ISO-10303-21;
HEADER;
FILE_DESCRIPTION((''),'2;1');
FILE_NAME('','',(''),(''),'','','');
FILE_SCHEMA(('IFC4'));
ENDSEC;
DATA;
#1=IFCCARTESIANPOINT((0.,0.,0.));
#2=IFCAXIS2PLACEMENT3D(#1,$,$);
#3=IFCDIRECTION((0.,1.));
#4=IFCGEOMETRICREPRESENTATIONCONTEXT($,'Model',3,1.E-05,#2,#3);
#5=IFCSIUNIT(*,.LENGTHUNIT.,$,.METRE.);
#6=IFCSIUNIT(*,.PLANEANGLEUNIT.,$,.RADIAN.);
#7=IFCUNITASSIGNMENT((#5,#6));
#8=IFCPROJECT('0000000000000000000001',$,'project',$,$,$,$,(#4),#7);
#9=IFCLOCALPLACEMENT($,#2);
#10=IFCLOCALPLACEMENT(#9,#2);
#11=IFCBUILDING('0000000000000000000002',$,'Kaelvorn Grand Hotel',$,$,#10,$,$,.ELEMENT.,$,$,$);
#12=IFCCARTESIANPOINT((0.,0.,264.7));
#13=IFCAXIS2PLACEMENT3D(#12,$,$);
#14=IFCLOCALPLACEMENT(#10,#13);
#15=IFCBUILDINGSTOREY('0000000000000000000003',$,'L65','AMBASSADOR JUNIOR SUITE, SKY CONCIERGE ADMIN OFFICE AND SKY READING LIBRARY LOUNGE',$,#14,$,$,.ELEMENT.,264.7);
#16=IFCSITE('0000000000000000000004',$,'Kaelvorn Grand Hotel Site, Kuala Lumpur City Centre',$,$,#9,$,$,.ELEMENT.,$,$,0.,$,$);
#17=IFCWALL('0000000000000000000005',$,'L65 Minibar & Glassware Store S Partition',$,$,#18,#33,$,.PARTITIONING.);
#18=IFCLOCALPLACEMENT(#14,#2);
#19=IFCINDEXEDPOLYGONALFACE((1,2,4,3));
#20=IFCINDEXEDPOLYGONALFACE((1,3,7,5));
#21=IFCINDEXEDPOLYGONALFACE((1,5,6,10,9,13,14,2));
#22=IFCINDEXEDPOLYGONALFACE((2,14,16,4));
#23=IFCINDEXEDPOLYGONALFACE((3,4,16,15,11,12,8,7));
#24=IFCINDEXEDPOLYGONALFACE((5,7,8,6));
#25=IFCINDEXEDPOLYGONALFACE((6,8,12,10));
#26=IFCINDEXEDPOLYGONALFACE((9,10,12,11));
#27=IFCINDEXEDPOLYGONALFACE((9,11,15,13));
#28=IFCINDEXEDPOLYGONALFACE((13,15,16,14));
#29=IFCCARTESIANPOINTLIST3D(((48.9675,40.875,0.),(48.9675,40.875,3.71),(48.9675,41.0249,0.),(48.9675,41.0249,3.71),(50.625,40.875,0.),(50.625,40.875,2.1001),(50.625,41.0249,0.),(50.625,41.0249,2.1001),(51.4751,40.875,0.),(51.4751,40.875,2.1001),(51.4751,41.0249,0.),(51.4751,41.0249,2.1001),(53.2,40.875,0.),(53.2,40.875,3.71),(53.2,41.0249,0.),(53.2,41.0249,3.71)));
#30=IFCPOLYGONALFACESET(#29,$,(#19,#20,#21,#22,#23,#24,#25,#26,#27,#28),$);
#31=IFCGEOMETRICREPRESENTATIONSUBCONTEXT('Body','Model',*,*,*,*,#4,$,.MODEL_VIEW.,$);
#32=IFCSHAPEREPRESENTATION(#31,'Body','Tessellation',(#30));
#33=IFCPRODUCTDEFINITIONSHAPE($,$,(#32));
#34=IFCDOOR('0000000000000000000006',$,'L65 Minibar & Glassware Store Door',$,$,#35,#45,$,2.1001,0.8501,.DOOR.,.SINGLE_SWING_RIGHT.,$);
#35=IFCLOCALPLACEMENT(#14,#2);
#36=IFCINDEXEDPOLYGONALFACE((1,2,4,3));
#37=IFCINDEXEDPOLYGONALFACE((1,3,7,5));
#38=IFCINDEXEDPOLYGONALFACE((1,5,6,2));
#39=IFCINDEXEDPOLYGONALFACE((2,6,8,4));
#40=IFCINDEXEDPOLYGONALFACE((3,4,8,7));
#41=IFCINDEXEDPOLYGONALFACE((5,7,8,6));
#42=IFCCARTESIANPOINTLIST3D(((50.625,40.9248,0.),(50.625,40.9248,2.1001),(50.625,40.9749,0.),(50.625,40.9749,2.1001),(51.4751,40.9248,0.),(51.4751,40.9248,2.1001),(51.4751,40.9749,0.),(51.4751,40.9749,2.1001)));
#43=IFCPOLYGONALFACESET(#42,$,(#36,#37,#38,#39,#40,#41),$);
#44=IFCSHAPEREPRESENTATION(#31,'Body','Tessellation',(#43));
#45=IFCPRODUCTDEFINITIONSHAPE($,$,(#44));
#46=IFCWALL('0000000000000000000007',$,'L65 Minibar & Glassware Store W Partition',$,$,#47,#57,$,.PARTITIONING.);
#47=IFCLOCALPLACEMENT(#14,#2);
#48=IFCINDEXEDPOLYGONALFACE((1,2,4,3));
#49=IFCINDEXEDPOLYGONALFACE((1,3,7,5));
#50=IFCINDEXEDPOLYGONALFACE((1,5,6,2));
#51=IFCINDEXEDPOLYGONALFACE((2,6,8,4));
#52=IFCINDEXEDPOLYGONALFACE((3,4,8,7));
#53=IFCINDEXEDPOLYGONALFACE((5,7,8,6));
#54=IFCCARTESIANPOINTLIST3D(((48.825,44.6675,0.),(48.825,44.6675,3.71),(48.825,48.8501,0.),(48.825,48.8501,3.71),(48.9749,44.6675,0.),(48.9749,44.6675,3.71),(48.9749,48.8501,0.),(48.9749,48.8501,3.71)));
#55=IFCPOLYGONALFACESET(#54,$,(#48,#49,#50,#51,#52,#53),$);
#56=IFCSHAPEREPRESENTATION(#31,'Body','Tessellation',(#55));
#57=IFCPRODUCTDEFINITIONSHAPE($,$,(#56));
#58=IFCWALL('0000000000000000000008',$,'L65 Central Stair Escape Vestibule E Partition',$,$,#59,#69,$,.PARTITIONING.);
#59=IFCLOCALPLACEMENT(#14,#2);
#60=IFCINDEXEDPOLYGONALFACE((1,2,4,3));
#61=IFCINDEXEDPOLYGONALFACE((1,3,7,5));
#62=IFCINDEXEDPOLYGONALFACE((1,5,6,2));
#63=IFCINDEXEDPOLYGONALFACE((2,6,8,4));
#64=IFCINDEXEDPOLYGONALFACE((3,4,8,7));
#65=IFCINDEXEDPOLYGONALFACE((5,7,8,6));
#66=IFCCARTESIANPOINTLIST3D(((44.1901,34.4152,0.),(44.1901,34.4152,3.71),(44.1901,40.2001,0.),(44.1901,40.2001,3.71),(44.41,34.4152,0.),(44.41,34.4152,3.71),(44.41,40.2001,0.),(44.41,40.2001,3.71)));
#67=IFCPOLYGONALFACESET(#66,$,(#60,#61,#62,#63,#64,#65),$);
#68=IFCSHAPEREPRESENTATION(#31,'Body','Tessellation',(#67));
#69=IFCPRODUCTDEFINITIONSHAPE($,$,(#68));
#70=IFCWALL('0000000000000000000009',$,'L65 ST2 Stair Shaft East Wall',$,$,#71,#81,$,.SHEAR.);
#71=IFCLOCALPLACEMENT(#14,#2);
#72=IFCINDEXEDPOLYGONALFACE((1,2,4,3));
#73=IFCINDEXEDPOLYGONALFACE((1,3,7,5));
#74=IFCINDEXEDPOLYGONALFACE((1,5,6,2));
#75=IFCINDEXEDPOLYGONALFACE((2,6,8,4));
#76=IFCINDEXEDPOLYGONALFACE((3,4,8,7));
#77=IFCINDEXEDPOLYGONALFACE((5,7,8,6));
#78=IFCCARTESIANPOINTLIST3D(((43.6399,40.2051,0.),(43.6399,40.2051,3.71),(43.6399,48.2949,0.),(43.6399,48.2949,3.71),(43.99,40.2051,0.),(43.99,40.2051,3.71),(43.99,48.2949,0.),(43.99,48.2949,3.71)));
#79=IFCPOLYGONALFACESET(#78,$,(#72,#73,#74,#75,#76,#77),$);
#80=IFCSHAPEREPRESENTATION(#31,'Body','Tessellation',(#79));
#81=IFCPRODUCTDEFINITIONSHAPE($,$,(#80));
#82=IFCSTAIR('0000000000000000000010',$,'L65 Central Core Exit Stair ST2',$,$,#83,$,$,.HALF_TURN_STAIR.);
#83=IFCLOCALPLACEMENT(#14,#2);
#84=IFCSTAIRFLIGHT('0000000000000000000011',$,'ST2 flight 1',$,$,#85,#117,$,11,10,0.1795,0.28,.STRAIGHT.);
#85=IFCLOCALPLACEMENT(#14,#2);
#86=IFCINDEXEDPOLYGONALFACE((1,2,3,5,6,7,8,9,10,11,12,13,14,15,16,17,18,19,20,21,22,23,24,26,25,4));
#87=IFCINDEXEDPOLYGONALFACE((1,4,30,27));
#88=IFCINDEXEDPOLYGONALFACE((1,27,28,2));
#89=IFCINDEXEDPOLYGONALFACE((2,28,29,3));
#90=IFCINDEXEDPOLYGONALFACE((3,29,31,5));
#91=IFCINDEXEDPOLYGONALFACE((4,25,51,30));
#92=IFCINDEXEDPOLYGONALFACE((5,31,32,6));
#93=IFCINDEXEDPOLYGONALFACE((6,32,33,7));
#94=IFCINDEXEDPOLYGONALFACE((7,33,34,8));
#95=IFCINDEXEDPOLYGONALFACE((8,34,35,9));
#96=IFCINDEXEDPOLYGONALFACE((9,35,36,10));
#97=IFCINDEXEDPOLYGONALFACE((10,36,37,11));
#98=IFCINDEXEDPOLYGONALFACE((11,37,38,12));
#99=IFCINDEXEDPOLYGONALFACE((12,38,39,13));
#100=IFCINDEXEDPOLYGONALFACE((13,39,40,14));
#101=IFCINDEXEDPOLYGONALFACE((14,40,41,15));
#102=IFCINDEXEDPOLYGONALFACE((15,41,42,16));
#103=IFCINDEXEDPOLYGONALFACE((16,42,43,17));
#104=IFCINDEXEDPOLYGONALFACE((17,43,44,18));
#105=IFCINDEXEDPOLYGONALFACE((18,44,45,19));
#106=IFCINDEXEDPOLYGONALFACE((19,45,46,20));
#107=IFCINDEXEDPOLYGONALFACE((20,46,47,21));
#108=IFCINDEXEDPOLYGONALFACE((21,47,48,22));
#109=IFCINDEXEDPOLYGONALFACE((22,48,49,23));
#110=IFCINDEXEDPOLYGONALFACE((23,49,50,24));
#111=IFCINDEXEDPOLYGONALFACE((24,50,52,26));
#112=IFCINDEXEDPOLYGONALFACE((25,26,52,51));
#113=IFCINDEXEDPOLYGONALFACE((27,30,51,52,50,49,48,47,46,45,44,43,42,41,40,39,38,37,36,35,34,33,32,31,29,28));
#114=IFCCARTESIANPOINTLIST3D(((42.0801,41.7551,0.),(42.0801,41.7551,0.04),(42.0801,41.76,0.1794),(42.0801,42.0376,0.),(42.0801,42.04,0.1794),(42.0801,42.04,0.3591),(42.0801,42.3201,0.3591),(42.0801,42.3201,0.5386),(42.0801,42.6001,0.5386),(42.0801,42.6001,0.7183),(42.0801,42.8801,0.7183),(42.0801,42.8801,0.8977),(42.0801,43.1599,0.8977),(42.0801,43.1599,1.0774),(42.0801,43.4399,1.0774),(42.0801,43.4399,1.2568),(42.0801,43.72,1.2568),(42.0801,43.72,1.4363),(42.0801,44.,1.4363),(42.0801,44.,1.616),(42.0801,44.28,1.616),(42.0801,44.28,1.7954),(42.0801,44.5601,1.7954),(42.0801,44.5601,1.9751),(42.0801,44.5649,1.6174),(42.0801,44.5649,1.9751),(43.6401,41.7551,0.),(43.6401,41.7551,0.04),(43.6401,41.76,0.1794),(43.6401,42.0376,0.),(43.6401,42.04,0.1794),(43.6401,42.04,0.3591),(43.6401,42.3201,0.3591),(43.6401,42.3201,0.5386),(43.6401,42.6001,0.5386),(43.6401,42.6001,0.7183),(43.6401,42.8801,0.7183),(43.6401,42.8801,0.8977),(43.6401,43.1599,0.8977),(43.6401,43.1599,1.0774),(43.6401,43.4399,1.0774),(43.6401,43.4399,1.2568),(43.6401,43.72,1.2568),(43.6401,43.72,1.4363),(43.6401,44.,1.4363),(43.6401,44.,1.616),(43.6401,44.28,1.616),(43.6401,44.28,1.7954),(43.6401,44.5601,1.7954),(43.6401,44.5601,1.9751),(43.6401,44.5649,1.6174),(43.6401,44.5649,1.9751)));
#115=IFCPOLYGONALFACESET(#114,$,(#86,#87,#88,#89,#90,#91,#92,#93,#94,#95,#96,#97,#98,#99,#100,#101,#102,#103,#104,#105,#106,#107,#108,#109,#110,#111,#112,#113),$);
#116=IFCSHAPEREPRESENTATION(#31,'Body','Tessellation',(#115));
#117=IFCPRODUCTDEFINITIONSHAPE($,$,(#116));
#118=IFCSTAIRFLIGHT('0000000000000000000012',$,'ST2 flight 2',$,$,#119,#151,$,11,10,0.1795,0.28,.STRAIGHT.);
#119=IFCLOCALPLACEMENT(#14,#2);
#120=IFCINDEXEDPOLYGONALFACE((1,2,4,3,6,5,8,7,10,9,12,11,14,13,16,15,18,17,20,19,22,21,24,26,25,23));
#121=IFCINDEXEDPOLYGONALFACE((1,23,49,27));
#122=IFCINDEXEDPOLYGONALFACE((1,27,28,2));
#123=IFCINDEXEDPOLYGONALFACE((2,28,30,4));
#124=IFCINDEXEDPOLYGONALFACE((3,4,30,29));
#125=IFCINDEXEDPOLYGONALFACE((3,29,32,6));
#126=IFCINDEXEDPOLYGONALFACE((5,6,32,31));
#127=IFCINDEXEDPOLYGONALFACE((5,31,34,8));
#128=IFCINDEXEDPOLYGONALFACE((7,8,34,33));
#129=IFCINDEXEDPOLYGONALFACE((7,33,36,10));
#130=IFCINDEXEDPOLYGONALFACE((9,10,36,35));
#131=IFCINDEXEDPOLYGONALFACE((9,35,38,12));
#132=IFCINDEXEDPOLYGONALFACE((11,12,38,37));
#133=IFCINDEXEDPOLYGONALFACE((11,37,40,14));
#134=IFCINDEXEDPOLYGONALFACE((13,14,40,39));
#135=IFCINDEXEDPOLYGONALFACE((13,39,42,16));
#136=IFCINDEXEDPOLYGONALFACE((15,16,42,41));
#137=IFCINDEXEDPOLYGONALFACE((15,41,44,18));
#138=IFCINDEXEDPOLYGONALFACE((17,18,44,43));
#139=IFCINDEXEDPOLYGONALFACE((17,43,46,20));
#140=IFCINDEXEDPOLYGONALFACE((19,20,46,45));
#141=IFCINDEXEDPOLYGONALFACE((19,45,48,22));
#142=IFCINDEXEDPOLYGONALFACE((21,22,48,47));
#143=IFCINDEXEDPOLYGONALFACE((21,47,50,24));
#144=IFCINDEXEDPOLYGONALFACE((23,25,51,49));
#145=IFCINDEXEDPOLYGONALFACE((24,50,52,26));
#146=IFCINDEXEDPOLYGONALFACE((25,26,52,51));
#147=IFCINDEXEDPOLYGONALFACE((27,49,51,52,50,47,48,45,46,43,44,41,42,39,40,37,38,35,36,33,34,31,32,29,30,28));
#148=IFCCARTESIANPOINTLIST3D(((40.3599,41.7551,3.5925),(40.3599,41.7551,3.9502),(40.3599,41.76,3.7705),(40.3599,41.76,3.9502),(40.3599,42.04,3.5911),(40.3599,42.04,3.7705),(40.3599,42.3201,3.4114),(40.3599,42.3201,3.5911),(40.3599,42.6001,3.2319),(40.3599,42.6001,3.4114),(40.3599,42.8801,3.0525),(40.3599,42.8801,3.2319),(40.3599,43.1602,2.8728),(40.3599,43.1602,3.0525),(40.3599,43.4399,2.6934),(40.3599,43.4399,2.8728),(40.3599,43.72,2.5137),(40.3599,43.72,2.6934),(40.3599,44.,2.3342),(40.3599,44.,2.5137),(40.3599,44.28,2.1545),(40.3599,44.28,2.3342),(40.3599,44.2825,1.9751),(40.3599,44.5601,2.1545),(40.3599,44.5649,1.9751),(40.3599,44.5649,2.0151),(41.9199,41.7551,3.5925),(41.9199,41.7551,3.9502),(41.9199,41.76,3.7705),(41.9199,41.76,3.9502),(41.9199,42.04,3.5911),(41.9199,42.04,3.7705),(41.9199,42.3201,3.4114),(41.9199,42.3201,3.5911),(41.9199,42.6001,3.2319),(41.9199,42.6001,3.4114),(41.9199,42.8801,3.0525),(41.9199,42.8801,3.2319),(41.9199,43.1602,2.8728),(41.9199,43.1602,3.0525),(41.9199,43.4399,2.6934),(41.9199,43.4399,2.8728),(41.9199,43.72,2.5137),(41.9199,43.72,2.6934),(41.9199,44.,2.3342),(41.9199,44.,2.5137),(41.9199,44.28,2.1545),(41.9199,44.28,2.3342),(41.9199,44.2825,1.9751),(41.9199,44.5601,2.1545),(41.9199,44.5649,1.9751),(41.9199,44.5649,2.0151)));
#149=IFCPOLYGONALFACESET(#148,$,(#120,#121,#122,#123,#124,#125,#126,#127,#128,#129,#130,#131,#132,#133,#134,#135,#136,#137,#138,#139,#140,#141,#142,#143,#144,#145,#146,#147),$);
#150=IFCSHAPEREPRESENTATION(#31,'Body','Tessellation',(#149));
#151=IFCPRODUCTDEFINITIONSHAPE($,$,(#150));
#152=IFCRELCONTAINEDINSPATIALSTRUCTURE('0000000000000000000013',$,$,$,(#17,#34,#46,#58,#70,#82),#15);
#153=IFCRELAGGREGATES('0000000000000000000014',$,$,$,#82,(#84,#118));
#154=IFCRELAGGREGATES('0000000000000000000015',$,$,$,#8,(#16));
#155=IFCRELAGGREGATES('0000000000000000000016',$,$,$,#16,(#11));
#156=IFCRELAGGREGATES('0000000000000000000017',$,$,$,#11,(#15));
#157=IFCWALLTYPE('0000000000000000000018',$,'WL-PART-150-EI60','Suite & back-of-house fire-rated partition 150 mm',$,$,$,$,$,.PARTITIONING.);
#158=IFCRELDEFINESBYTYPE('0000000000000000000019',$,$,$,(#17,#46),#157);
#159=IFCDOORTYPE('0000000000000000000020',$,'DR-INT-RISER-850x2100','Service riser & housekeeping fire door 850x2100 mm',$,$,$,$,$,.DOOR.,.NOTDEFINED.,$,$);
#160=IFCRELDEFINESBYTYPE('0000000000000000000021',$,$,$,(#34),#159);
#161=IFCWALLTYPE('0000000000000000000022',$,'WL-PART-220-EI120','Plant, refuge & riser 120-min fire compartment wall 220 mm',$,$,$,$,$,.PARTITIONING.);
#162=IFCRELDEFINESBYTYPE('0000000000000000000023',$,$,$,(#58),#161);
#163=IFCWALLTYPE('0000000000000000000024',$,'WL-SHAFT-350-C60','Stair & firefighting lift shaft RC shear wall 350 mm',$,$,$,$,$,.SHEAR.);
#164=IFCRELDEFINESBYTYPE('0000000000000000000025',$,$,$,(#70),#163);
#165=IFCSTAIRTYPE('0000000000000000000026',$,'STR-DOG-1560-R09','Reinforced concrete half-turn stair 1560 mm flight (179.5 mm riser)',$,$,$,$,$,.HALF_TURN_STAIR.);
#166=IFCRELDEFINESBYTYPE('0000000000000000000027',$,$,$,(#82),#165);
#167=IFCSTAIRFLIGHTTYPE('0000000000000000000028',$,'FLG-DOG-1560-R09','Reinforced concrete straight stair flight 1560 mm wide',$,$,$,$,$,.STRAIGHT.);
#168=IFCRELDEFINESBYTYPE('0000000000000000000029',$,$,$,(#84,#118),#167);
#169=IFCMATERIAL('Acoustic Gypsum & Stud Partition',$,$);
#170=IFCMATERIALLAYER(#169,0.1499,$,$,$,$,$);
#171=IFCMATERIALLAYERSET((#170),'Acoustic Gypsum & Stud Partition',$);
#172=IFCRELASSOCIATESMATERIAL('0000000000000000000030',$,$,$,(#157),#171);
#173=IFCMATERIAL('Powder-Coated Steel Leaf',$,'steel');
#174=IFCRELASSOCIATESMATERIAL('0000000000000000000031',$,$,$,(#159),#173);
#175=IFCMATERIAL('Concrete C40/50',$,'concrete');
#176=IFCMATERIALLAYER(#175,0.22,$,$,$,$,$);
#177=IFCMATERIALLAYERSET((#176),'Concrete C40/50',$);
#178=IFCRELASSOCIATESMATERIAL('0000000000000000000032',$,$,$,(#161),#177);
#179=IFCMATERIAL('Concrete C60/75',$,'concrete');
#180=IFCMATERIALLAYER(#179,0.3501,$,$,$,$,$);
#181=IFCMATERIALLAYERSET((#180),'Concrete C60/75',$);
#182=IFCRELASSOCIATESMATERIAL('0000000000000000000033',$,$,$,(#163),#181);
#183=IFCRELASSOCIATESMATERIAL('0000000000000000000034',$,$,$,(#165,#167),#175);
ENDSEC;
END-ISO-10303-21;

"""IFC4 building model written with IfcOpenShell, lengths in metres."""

from ifc_helpers import new_model, si_unit, direction, frame, frame_2d, origin, place, context, subcontext, project, spatial, polyline, rectangle, outline, extrude, material, layer, layer_set, type_object, element, fill, aggregate, save


model = new_model("IFC4")

# Units and contexts
model_context = context("Model", 3, precision=1e-05, world=origin(), true_north=direction((0.0, 1.0)))
body_context = subcontext(model_context, "Body", "Model", "MODEL_VIEW")
ifc_project = project(units=[si_unit("LENGTHUNIT", "METRE"), si_unit("PLANEANGLEUNIT", "RADIAN")], contexts=[model_context])

# Site, building, storey
site_placement = place(None, origin())
site = spatial("IfcSite", under=ifc_project, at=site_placement, Name="Kaelvorn Grand Hotel Site, Kuala Lumpur City Centre", CompositionType="ELEMENT", RefElevation=0.0)
building_placement = place(site_placement, origin())
building = spatial("IfcBuilding", under=site, at=building_placement, Name="Kaelvorn Grand Hotel", CompositionType="ELEMENT")
storey_placement = place(building_placement, frame((0.0, 0.0, 264.7)))
storey = spatial("IfcBuildingStorey", under=building, at=storey_placement, Name="L65", Description="AMBASSADOR JUNIOR SUITE, SKY CONCIERGE ADMIN OFFICE AND SKY READING LIBRARY LOUNGE", CompositionType="ELEMENT", Elevation=264.7)

# Shared definitions
ifc_material_1 = material(Name="Acoustic Gypsum & Stud Partition")
ifc_layer_1 = layer(ifc_material_1, 0.1499)
ifc_layer_set_1 = layer_set([ifc_layer_1], Name="Acoustic Gypsum & Stud Partition")
wall_type_1 = type_object("IfcWallType", Name="WL-PART-150-EI60", Description="Suite & back-of-house fire-rated partition 150 mm", PredefinedType="PARTITIONING", material=ifc_layer_set_1)

# Wall, opening, door
wall_1_placement = place(storey_placement, frame((48.9675, 40.95, 0.0), z_axis=(0.0, 0.0, 1.0), x_axis=(1.0, 0.0, 0.0)))
wall_1 = element("IfcWall", 1, at=wall_1_placement, inside=storey, type_object=wall_type_1, Name="L65 Minibar & Glassware Store S Partition", PredefinedType="PARTITIONING", context=body_context, shape_type="SweptSolid", body=[
    extrude(rectangle(XDim=4.2324, YDim=0.1499, at=frame_2d((2.1162, 0.0))), origin(), (0.0, 0.0, 1.0), 3.71),
])
opening_1_placement = place(wall_1_placement, frame((1.6575, 0.0, 0.0)))
opening_1 = element("IfcOpeningElement", 2, at=opening_1_placement, cuts=wall_1, PredefinedType="OPENING", context=body_context, shape_type="SweptSolid", body=[
    extrude(rectangle(XDim=0.8501, YDim=2.1001, at=frame_2d((0.425, 1.05))), frame((0.0, 0.085, 0.0), z_axis=(0.0, -1.0, 0.0), x_axis=(1.0, 0.0, 0.0)), (0.0, 0.0, 1.0), 0.1699),
])
ifc_material_2 = material(Name="Powder-Coated Steel Leaf", Category="steel")
door_type_1 = type_object("IfcDoorType", Name="DR-INT-RISER-850x2100", Description="Service riser & housekeeping fire door 850x2100 mm", OperationType="NOTDEFINED", PredefinedType="DOOR", material=ifc_material_2)
door_1_placement = place(opening_1_placement, origin())
door_1 = element("IfcDoor", 3, at=door_1_placement, inside=storey, type_object=door_type_1, Name="L65 Minibar & Glassware Store Door", OperationType="SINGLE_SWING_RIGHT", OverallHeight=2.1001, OverallWidth=0.8501, PredefinedType="DOOR", context=body_context, shape_type="SweptSolid", body=[
    extrude(rectangle(XDim=0.8501, YDim=2.1001, at=frame_2d((0.425, 1.05))), frame((0.0, 0.0249, 0.0), z_axis=(0.0, -1.0, 0.0), x_axis=(1.0, 0.0, 0.0)), (0.0, 0.0, 1.0), 0.05),
])
fill(opening_1, door_1)

# Walls
wall_2_placement = place(storey_placement, frame((48.8999, 44.6675, 0.0), z_axis=(0.0, 0.0, 1.0), x_axis=(0.0, 1.0, 0.0)))
element("IfcWall", 4, at=wall_2_placement, inside=storey, type_object=wall_type_1, Name="L65 Minibar & Glassware Store W Partition", PredefinedType="PARTITIONING", context=body_context, shape_type="SweptSolid", body=[
    extrude(rectangle(XDim=4.1826, YDim=0.1499, at=frame_2d((2.0913, 0.0))), origin(), (0.0, 0.0, 1.0), 3.71),
])
ifc_material_3 = material(Name="Concrete C40/50", Category="concrete")
ifc_layer_2 = layer(ifc_material_3, 0.22)
ifc_layer_set_2 = layer_set([ifc_layer_2], Name="Concrete C40/50")
wall_type_2 = type_object("IfcWallType", Name="WL-PART-220-EI120", Description="Plant, refuge & riser 120-min fire compartment wall 220 mm", PredefinedType="PARTITIONING", material=ifc_layer_set_2)
wall_3_placement = place(storey_placement, frame((44.3, 34.415, 0.0), z_axis=(0.0, 0.0, 1.0), x_axis=(0.0, 1.0, 0.0)))
element("IfcWall", 5, at=wall_3_placement, inside=storey, type_object=wall_type_2, Name="L65 Central Stair Escape Vestibule E Partition", PredefinedType="PARTITIONING", context=body_context, shape_type="SweptSolid", body=[
    extrude(rectangle(XDim=5.7849, YDim=0.22, at=frame_2d((2.8926, 0.0))), origin(), (0.0, 0.0, 1.0), 3.71),
])
ifc_material_4 = material(Name="Concrete C60/75", Category="concrete")
ifc_layer_3 = layer(ifc_material_4, 0.3501)
ifc_layer_set_3 = layer_set([ifc_layer_3], Name="Concrete C60/75")
wall_type_3 = type_object("IfcWallType", Name="WL-SHAFT-350-C60", Description="Stair & firefighting lift shaft RC shear wall 350 mm", PredefinedType="SHEAR", material=ifc_layer_set_3)
wall_4_placement = place(storey_placement, frame((43.8149, 40.2051, 0.0), z_axis=(0.0, 0.0, 1.0), x_axis=(0.0, 1.0, 0.0)))
element("IfcWall", 6, at=wall_4_placement, inside=storey, type_object=wall_type_3, Name="L65 ST2 Stair Shaft East Wall", PredefinedType="SHEAR", context=body_context, shape_type="SweptSolid", body=[
    extrude(rectangle(XDim=8.0898, YDim=0.3501, at=frame_2d((4.0449, 0.0))), origin(), (0.0, 0.0, 1.0), 3.71),
])

# Stair, stair flights
stair_type = type_object("IfcStairType", Name="STR-DOG-1560-R09", Description="Reinforced concrete half-turn stair 1560 mm flight (179.5 mm riser)", PredefinedType="HALF_TURN_STAIR", material=ifc_material_3)
stair_placement = place(storey_placement, origin())
stair = element("IfcStair", 7, at=stair_placement, inside=storey, type_object=stair_type, Name="L65 Central Core Exit Stair ST2", PredefinedType="HALF_TURN_STAIR")
stair_flight_type = type_object("IfcStairFlightType", Name="FLG-DOG-1560-R09", Description="Reinforced concrete straight stair flight 1560 mm wide", PredefinedType="STRAIGHT", material=ifc_material_3)
stair_flight_1_placement = place(storey_placement, frame((42.8601, 41.76, 0.0), z_axis=(0.0, 0.0, 1.0), x_axis=(0.0, 1.0, 0.0)))
stair_flight_1 = element("IfcStairFlight", 8, at=stair_flight_1_placement, type_object=stair_flight_type, Name="ST2 flight 1", NumberOfRisers=11, NumberOfTreads=10, PredefinedType="STRAIGHT", RiserHeight=0.1795, TreadLength=0.28, context=body_context, shape_type="SweptSolid", body=[
    extrude(outline(polyline([(-0.0049, 0.0), (-0.0049, 0.04), (0.0, 0.1794), (0.28, 0.1794), (0.28, 0.3591), (0.5601, 0.3591), (0.5601, 0.5386), (0.8401, 0.5386), (0.8401, 0.7183), (1.1201, 0.7183), (1.1201, 0.8977), (1.3999, 0.8977), (1.3999, 1.0774), (1.6799, 1.0774), (1.6799, 1.2568), (1.96, 1.2568), (1.96, 1.4363), (2.24, 1.4363), (2.24, 1.616), (2.52, 1.616), (2.52, 1.7954), (2.8, 1.7954), (2.8, 1.9751), (2.8049, 1.9751), (2.8049, 1.6174), (0.2776, 0.0), (-0.0049, 0.0)])), frame((0.0, 0.78, 0.0), z_axis=(0.0, -1.0, 0.0), x_axis=(1.0, 0.0, 0.0)), (0.0, 0.0, 1.0), 1.5601),
])
stair_flight_2_placement = place(storey_placement, frame((41.1399, 44.5601, 1.9751), z_axis=(0.0, 0.0, 1.0), x_axis=(0.0, -1.0, 0.0)))
stair_flight_2 = element("IfcStairFlight", 9, at=stair_flight_2_placement, type_object=stair_flight_type, Name="ST2 flight 2", NumberOfRisers=11, NumberOfTreads=10, PredefinedType="STRAIGHT", RiserHeight=0.1795, TreadLength=0.28, context=body_context, shape_type="SweptSolid", body=[
    extrude(outline(polyline([(-0.0049, 0.0), (-0.0049, 0.04), (0.0, 0.1794), (0.28, 0.1794), (0.28, 0.3591), (0.5601, 0.3591), (0.5601, 0.5386), (0.8401, 0.5386), (0.8401, 0.7183), (1.1201, 0.7183), (1.1201, 0.8977), (1.3999, 0.8977), (1.3999, 1.0774), (1.6799, 1.0774), (1.6799, 1.2568), (1.96, 1.2568), (1.96, 1.4363), (2.24, 1.4363), (2.24, 1.616), (2.52, 1.616), (2.52, 1.7954), (2.8, 1.7954), (2.8, 1.9751), (2.8049, 1.9751), (2.8049, 1.6174), (0.2776, 0.0), (-0.0049, 0.0)])), frame((0.0, 0.78, 0.0), z_axis=(0.0, -1.0, 0.0), x_axis=(1.0, 0.0, 0.0)), (0.0, 0.0, 1.0), 1.5601),
])
aggregate(stair, [stair_flight_1, stair_flight_2])

save(model, "model.ifc")
